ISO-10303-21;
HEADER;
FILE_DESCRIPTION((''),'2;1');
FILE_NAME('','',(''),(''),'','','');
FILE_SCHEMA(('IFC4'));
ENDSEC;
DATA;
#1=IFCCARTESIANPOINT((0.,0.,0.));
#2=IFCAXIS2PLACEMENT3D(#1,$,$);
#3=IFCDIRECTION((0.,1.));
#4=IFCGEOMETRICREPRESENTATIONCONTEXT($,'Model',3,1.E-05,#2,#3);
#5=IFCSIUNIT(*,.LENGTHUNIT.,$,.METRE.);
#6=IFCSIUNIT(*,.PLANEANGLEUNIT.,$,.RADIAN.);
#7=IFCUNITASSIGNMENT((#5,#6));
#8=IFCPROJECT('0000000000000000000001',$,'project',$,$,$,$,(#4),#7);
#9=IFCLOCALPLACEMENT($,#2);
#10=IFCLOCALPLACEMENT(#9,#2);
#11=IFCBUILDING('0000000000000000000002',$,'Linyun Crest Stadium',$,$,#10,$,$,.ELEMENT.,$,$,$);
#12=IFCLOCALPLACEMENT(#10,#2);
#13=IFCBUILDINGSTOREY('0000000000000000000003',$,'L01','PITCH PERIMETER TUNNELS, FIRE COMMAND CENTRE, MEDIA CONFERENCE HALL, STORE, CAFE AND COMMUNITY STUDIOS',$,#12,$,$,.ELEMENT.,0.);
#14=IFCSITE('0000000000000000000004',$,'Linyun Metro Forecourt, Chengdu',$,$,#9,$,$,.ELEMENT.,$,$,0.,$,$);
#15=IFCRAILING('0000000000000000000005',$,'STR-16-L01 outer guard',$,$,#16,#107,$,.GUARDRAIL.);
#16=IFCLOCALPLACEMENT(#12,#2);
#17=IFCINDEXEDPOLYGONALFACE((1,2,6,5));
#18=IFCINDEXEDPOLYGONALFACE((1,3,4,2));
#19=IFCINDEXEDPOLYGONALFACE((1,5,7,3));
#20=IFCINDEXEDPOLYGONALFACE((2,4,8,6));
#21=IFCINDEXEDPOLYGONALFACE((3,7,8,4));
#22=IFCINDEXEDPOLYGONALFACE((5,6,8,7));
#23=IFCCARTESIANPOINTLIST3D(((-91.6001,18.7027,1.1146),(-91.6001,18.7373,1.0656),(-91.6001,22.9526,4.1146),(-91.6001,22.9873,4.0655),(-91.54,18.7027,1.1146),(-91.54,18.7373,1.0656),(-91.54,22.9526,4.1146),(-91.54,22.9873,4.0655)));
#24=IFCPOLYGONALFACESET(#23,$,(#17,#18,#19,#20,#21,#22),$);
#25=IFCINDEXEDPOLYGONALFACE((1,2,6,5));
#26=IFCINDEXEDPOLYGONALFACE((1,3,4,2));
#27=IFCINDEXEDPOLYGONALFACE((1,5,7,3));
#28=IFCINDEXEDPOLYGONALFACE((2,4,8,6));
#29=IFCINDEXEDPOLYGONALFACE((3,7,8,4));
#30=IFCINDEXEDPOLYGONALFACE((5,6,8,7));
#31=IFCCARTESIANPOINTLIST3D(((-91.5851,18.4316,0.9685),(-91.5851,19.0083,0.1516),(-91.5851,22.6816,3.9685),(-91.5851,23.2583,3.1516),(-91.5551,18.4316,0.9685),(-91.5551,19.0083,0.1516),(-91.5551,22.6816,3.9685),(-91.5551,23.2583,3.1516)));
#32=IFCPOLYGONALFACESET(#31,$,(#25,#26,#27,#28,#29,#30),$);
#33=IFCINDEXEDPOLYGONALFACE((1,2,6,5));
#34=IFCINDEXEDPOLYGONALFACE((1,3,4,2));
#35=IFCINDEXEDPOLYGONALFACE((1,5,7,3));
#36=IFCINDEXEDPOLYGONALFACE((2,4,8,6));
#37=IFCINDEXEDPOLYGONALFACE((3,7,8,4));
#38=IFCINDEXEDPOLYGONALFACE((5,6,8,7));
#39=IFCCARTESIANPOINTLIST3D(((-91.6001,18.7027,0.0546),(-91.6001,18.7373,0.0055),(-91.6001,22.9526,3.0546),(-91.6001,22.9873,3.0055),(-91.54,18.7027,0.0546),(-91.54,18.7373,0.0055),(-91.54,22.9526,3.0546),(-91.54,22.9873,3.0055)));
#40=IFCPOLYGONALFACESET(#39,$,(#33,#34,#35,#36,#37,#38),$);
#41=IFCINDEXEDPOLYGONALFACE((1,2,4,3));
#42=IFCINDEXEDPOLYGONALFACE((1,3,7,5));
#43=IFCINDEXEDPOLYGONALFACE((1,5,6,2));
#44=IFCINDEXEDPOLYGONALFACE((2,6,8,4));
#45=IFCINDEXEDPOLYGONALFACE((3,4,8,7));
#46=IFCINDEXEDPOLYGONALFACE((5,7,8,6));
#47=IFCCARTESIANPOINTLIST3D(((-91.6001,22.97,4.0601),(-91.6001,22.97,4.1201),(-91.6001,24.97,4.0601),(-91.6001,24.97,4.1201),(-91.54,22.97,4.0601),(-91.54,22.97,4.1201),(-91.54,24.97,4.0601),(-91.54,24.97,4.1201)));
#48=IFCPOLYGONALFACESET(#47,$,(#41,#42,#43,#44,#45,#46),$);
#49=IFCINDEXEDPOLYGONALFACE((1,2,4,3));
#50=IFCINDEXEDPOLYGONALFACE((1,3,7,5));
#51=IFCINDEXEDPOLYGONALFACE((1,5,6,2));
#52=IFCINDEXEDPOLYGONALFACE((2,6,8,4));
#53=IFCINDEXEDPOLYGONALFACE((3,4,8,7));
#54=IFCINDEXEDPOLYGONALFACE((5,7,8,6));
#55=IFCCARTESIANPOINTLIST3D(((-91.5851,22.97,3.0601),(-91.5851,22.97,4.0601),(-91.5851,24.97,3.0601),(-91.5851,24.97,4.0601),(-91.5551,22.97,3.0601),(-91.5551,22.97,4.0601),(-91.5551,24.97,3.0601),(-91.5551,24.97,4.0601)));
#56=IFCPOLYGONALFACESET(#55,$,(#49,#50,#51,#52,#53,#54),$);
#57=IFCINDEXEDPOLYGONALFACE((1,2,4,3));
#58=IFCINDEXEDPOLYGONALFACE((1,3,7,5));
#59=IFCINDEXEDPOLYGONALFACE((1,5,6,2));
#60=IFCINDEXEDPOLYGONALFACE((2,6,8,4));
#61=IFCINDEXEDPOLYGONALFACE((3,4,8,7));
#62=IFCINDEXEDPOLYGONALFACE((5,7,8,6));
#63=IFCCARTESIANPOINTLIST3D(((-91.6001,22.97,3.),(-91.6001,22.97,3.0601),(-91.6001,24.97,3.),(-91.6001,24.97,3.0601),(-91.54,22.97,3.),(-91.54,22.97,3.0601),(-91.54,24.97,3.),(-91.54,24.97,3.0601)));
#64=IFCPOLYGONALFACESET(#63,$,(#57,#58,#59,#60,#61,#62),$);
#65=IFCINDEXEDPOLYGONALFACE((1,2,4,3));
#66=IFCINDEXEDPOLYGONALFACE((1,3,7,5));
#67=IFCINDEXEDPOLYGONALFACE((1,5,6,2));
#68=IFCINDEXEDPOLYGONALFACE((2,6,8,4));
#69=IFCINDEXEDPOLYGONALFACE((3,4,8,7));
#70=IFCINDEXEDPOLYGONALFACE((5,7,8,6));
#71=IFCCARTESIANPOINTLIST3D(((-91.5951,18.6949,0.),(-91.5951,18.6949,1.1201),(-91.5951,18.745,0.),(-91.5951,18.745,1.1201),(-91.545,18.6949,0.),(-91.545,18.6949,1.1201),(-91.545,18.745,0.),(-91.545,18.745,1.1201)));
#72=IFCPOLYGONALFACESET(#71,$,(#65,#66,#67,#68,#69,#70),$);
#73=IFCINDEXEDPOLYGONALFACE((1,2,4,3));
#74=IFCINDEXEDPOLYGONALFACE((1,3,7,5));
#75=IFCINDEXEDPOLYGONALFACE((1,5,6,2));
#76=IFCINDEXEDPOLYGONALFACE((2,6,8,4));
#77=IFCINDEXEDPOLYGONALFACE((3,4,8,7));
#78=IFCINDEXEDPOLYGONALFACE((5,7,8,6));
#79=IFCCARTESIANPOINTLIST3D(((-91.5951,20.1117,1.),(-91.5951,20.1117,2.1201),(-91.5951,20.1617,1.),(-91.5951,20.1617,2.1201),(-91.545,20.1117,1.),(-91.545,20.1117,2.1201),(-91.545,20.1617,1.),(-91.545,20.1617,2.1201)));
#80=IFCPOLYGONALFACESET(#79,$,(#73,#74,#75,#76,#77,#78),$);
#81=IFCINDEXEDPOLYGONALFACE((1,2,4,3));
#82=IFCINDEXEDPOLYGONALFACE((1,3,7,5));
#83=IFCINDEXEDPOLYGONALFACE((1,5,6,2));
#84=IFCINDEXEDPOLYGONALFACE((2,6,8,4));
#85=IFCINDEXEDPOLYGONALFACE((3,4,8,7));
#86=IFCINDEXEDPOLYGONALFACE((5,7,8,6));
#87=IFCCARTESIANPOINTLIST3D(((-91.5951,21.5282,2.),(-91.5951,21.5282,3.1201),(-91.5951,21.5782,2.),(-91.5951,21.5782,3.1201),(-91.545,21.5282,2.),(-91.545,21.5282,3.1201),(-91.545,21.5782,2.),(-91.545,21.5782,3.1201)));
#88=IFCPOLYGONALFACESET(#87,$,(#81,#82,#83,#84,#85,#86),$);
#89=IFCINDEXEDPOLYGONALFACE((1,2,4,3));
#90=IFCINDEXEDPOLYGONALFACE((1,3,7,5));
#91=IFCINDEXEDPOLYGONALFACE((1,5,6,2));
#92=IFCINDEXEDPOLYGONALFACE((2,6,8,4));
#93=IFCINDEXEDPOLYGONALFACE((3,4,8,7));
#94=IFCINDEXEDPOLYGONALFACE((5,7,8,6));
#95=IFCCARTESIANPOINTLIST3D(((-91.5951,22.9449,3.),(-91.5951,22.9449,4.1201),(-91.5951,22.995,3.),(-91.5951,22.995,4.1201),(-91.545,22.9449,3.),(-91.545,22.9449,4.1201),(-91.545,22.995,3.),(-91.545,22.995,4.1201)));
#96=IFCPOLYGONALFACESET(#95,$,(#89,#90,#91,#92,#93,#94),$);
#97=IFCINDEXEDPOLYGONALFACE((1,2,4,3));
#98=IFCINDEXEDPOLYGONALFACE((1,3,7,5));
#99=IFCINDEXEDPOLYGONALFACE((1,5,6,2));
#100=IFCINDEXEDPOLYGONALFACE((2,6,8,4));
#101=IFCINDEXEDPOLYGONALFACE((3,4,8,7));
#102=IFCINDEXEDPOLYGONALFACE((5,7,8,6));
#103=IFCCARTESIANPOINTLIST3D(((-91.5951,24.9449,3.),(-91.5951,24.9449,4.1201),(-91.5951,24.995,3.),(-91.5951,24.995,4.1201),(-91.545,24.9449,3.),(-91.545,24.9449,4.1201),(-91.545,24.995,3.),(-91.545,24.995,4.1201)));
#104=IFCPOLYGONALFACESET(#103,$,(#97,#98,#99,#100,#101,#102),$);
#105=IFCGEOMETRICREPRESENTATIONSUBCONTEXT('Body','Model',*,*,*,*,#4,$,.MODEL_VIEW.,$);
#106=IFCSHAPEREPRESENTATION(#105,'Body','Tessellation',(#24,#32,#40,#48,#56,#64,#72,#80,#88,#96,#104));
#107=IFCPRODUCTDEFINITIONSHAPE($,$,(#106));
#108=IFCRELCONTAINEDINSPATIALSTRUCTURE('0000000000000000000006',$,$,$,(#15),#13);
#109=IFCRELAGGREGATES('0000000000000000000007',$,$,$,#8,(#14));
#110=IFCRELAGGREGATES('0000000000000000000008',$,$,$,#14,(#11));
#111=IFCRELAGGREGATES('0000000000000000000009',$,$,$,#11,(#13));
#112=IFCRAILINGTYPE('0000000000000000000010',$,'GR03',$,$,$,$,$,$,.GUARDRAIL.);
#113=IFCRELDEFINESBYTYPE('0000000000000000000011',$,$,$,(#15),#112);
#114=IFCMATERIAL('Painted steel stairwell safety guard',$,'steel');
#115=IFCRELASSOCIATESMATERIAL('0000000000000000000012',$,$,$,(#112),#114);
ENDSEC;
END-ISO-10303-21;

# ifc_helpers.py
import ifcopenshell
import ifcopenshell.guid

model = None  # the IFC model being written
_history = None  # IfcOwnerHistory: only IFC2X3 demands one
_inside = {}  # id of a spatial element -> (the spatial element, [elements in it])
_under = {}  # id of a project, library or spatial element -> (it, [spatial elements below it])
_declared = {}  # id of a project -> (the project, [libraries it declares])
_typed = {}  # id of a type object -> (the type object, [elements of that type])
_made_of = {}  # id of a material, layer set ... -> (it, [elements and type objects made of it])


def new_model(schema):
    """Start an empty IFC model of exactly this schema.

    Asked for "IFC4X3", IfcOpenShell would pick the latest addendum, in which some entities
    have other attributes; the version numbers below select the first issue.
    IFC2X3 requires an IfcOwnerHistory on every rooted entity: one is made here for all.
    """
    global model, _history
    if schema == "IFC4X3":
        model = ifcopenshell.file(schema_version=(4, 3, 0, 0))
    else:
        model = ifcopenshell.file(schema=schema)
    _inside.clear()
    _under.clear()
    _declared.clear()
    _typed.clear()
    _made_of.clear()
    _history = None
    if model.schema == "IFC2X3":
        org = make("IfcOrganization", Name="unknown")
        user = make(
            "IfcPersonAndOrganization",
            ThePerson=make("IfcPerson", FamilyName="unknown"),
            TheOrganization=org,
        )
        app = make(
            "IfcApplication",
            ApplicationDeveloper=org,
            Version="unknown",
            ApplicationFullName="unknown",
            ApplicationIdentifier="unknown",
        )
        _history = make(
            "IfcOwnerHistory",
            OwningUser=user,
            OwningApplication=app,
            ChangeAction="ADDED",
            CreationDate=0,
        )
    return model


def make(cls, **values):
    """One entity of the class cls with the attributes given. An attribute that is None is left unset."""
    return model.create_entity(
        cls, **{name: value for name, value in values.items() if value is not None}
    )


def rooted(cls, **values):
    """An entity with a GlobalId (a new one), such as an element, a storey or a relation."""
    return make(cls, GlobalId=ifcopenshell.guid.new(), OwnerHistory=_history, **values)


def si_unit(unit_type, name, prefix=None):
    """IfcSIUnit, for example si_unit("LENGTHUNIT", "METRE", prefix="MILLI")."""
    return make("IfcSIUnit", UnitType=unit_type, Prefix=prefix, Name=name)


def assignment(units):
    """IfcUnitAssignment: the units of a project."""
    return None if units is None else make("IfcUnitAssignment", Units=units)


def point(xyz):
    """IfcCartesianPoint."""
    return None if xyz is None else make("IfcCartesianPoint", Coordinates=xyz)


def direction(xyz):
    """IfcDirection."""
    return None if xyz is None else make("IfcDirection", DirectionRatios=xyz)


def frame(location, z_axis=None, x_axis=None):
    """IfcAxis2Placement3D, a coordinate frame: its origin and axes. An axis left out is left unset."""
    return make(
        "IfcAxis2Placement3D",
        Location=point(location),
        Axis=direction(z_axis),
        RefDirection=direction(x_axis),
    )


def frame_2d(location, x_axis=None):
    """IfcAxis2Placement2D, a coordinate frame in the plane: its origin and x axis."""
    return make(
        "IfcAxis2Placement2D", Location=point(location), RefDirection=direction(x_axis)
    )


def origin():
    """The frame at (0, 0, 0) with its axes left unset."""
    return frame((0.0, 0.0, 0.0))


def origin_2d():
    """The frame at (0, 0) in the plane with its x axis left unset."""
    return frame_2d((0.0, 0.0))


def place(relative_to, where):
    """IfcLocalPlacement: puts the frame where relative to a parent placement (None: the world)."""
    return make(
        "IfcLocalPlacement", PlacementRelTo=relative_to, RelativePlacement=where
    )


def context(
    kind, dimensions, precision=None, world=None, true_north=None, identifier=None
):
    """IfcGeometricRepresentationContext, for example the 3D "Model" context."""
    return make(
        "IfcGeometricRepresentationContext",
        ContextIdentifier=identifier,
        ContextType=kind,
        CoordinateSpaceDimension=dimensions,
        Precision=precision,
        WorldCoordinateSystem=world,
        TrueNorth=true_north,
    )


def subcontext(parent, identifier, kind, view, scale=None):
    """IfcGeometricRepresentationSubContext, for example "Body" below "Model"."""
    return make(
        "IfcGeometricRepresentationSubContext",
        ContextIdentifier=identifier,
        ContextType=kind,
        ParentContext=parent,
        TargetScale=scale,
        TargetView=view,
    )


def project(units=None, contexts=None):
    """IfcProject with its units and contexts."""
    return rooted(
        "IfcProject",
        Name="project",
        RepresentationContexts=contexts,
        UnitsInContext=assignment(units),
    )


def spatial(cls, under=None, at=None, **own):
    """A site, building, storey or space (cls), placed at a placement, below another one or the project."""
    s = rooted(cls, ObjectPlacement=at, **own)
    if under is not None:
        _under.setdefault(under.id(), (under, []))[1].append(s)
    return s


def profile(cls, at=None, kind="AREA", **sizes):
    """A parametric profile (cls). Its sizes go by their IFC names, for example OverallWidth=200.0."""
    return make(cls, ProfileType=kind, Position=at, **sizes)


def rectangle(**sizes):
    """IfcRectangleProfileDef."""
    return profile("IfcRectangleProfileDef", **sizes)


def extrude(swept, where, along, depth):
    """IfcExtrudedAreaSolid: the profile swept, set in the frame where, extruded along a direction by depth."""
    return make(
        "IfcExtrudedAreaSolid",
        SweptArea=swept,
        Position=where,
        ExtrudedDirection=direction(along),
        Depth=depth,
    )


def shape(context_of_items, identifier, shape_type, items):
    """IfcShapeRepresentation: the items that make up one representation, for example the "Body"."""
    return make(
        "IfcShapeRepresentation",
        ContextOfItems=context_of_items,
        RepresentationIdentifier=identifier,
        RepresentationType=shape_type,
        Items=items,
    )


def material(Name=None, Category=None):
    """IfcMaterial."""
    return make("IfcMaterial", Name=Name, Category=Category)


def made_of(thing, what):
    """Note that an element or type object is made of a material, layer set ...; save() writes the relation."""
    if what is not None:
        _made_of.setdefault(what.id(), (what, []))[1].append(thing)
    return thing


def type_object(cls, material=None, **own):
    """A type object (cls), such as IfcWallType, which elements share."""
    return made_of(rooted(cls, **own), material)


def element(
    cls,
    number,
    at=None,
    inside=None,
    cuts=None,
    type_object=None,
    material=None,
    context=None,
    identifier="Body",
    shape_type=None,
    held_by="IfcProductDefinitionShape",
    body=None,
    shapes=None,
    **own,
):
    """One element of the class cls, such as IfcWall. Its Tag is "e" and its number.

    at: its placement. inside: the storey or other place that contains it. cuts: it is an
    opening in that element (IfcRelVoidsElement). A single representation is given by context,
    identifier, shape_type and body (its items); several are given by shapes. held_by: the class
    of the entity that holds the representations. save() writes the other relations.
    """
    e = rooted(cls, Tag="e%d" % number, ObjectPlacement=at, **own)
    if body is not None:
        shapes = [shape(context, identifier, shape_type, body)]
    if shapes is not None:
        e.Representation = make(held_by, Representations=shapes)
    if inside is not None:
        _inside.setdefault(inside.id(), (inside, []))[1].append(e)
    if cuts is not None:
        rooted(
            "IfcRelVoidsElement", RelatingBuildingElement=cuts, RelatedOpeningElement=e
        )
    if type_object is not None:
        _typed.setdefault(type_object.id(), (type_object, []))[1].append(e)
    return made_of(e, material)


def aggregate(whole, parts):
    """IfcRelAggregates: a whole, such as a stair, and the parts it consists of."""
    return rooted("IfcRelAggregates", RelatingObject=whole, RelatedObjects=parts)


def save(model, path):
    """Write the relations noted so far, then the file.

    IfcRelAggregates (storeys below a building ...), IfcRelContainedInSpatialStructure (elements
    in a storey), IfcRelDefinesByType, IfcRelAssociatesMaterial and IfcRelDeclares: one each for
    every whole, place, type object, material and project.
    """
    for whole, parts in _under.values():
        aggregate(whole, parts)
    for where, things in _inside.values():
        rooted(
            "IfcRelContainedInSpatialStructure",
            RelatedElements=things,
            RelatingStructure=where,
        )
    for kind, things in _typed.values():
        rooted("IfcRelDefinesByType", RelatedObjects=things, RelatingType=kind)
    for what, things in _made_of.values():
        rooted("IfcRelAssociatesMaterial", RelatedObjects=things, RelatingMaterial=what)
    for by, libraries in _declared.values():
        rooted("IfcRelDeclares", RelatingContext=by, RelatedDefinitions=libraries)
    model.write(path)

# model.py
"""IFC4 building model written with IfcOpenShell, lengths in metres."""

from ifc_helpers import new_model, si_unit, direction, frame, origin, origin_2d, place, context, subcontext, project, spatial, rectangle, extrude, material, type_object, element, save


model = new_model("IFC4")

# Units and contexts
model_context = context("Model", 3, precision=1e-05, world=origin(), true_north=direction((0.0, 1.0)))
body_context = subcontext(model_context, "Body", "Model", "MODEL_VIEW")
ifc_project = project(units=[si_unit("LENGTHUNIT", "METRE"), si_unit("PLANEANGLEUNIT", "RADIAN")], contexts=[model_context])

# Site, building, storey
site_placement = place(None, origin())
site = spatial("IfcSite", under=ifc_project, at=site_placement, Name="Linyun Metro Forecourt, Chengdu", CompositionType="ELEMENT", RefElevation=0.0)
building_placement = place(site_placement, origin())
building = spatial("IfcBuilding", under=site, at=building_placement, Name="Linyun Crest Stadium", CompositionType="ELEMENT")
storey_placement = place(building_placement, origin())
storey = spatial("IfcBuildingStorey", under=building, at=storey_placement, Name="L01", Description="PITCH PERIMETER TUNNELS, FIRE COMMAND CENTRE, MEDIA CONFERENCE HALL, STORE, CAFE AND COMMUNITY STUDIOS", CompositionType="ELEMENT", Elevation=0.0)

# Railing
ifc_material_1 = material(Name="Painted steel stairwell safety guard", Category="steel")
railing_type_1 = type_object("IfcRailingType", Name="GR03", PredefinedType="GUARDRAIL", material=ifc_material_1)
railing_1_placement = place(storey_placement, frame((-91.5701, 18.72, 0.0)))
element("IfcRailing", 1, at=railing_1_placement, inside=storey, type_object=railing_type_1, Name="STR-16-L01 outer guard", PredefinedType="GUARDRAIL", context=body_context, shape_type="SweptSolid", body=[
    extrude(rectangle(XDim=0.0601, YDim=0.0601, at=origin_2d()), frame((0.0, 0.0, 1.0901), z_axis=(0.0, 0.816968, 0.576683), x_axis=(-1.0, 0.0, 0.0)), (0.0, 0.0, 1.0), 5.2021),
    extrude(rectangle(XDim=0.03, YDim=1.0, at=origin_2d()), frame((0.0, 0.0, 0.5601), z_axis=(0.0, 0.816968, 0.576683), x_axis=(-1.0, 0.0, 0.0)), (0.0, 0.0, 1.0), 5.2021),
    extrude(rectangle(XDim=0.0601, YDim=0.0601, at=origin_2d()), frame((0.0, 0.0, 0.03), z_axis=(0.0, 0.816968, 0.576683), x_axis=(-1.0, 0.0, 0.0)), (0.0, 0.0, 1.0), 5.2021),
    extrude(rectangle(XDim=0.0601, YDim=0.0601, at=origin_2d()), frame((0.0, 4.25, 4.0901), z_axis=(0.0, 1.0, 0.0), x_axis=(-1.0, 0.0, 0.0)), (0.0, 0.0, 1.0), 2.0),
    extrude(rectangle(XDim=0.03, YDim=1.0, at=origin_2d()), frame((0.0, 4.25, 3.5601), z_axis=(0.0, 1.0, 0.0), x_axis=(-1.0, 0.0, 0.0)), (0.0, 0.0, 1.0), 2.0),
    extrude(rectangle(XDim=0.0601, YDim=0.0601, at=origin_2d()), frame((0.0, 4.25, 3.03), z_axis=(0.0, 1.0, 0.0), x_axis=(-1.0, 0.0, 0.0)), (0.0, 0.0, 1.0), 2.0),
    extrude(rectangle(XDim=0.05, YDim=0.05, at=origin_2d()), origin(), (0.0, 0.0, 1.0), 1.1201),
    extrude(rectangle(XDim=0.05, YDim=0.05, at=origin_2d()), frame((0.0, 1.4167, 1.0)), (0.0, 0.0, 1.0), 1.1201),
    extrude(rectangle(XDim=0.05, YDim=0.05, at=origin_2d()), frame((0.0, 2.8333, 2.0)), (0.0, 0.0, 1.0), 1.1201),
    extrude(rectangle(XDim=0.05, YDim=0.05, at=origin_2d()), frame((0.0, 4.25, 3.0)), (0.0, 0.0, 1.0), 1.1201),
    extrude(rectangle(XDim=0.05, YDim=0.05, at=origin_2d()), frame((0.0, 6.25, 3.0)), (0.0, 0.0, 1.0), 1.1201),
])

save(model, "model.ifc")
